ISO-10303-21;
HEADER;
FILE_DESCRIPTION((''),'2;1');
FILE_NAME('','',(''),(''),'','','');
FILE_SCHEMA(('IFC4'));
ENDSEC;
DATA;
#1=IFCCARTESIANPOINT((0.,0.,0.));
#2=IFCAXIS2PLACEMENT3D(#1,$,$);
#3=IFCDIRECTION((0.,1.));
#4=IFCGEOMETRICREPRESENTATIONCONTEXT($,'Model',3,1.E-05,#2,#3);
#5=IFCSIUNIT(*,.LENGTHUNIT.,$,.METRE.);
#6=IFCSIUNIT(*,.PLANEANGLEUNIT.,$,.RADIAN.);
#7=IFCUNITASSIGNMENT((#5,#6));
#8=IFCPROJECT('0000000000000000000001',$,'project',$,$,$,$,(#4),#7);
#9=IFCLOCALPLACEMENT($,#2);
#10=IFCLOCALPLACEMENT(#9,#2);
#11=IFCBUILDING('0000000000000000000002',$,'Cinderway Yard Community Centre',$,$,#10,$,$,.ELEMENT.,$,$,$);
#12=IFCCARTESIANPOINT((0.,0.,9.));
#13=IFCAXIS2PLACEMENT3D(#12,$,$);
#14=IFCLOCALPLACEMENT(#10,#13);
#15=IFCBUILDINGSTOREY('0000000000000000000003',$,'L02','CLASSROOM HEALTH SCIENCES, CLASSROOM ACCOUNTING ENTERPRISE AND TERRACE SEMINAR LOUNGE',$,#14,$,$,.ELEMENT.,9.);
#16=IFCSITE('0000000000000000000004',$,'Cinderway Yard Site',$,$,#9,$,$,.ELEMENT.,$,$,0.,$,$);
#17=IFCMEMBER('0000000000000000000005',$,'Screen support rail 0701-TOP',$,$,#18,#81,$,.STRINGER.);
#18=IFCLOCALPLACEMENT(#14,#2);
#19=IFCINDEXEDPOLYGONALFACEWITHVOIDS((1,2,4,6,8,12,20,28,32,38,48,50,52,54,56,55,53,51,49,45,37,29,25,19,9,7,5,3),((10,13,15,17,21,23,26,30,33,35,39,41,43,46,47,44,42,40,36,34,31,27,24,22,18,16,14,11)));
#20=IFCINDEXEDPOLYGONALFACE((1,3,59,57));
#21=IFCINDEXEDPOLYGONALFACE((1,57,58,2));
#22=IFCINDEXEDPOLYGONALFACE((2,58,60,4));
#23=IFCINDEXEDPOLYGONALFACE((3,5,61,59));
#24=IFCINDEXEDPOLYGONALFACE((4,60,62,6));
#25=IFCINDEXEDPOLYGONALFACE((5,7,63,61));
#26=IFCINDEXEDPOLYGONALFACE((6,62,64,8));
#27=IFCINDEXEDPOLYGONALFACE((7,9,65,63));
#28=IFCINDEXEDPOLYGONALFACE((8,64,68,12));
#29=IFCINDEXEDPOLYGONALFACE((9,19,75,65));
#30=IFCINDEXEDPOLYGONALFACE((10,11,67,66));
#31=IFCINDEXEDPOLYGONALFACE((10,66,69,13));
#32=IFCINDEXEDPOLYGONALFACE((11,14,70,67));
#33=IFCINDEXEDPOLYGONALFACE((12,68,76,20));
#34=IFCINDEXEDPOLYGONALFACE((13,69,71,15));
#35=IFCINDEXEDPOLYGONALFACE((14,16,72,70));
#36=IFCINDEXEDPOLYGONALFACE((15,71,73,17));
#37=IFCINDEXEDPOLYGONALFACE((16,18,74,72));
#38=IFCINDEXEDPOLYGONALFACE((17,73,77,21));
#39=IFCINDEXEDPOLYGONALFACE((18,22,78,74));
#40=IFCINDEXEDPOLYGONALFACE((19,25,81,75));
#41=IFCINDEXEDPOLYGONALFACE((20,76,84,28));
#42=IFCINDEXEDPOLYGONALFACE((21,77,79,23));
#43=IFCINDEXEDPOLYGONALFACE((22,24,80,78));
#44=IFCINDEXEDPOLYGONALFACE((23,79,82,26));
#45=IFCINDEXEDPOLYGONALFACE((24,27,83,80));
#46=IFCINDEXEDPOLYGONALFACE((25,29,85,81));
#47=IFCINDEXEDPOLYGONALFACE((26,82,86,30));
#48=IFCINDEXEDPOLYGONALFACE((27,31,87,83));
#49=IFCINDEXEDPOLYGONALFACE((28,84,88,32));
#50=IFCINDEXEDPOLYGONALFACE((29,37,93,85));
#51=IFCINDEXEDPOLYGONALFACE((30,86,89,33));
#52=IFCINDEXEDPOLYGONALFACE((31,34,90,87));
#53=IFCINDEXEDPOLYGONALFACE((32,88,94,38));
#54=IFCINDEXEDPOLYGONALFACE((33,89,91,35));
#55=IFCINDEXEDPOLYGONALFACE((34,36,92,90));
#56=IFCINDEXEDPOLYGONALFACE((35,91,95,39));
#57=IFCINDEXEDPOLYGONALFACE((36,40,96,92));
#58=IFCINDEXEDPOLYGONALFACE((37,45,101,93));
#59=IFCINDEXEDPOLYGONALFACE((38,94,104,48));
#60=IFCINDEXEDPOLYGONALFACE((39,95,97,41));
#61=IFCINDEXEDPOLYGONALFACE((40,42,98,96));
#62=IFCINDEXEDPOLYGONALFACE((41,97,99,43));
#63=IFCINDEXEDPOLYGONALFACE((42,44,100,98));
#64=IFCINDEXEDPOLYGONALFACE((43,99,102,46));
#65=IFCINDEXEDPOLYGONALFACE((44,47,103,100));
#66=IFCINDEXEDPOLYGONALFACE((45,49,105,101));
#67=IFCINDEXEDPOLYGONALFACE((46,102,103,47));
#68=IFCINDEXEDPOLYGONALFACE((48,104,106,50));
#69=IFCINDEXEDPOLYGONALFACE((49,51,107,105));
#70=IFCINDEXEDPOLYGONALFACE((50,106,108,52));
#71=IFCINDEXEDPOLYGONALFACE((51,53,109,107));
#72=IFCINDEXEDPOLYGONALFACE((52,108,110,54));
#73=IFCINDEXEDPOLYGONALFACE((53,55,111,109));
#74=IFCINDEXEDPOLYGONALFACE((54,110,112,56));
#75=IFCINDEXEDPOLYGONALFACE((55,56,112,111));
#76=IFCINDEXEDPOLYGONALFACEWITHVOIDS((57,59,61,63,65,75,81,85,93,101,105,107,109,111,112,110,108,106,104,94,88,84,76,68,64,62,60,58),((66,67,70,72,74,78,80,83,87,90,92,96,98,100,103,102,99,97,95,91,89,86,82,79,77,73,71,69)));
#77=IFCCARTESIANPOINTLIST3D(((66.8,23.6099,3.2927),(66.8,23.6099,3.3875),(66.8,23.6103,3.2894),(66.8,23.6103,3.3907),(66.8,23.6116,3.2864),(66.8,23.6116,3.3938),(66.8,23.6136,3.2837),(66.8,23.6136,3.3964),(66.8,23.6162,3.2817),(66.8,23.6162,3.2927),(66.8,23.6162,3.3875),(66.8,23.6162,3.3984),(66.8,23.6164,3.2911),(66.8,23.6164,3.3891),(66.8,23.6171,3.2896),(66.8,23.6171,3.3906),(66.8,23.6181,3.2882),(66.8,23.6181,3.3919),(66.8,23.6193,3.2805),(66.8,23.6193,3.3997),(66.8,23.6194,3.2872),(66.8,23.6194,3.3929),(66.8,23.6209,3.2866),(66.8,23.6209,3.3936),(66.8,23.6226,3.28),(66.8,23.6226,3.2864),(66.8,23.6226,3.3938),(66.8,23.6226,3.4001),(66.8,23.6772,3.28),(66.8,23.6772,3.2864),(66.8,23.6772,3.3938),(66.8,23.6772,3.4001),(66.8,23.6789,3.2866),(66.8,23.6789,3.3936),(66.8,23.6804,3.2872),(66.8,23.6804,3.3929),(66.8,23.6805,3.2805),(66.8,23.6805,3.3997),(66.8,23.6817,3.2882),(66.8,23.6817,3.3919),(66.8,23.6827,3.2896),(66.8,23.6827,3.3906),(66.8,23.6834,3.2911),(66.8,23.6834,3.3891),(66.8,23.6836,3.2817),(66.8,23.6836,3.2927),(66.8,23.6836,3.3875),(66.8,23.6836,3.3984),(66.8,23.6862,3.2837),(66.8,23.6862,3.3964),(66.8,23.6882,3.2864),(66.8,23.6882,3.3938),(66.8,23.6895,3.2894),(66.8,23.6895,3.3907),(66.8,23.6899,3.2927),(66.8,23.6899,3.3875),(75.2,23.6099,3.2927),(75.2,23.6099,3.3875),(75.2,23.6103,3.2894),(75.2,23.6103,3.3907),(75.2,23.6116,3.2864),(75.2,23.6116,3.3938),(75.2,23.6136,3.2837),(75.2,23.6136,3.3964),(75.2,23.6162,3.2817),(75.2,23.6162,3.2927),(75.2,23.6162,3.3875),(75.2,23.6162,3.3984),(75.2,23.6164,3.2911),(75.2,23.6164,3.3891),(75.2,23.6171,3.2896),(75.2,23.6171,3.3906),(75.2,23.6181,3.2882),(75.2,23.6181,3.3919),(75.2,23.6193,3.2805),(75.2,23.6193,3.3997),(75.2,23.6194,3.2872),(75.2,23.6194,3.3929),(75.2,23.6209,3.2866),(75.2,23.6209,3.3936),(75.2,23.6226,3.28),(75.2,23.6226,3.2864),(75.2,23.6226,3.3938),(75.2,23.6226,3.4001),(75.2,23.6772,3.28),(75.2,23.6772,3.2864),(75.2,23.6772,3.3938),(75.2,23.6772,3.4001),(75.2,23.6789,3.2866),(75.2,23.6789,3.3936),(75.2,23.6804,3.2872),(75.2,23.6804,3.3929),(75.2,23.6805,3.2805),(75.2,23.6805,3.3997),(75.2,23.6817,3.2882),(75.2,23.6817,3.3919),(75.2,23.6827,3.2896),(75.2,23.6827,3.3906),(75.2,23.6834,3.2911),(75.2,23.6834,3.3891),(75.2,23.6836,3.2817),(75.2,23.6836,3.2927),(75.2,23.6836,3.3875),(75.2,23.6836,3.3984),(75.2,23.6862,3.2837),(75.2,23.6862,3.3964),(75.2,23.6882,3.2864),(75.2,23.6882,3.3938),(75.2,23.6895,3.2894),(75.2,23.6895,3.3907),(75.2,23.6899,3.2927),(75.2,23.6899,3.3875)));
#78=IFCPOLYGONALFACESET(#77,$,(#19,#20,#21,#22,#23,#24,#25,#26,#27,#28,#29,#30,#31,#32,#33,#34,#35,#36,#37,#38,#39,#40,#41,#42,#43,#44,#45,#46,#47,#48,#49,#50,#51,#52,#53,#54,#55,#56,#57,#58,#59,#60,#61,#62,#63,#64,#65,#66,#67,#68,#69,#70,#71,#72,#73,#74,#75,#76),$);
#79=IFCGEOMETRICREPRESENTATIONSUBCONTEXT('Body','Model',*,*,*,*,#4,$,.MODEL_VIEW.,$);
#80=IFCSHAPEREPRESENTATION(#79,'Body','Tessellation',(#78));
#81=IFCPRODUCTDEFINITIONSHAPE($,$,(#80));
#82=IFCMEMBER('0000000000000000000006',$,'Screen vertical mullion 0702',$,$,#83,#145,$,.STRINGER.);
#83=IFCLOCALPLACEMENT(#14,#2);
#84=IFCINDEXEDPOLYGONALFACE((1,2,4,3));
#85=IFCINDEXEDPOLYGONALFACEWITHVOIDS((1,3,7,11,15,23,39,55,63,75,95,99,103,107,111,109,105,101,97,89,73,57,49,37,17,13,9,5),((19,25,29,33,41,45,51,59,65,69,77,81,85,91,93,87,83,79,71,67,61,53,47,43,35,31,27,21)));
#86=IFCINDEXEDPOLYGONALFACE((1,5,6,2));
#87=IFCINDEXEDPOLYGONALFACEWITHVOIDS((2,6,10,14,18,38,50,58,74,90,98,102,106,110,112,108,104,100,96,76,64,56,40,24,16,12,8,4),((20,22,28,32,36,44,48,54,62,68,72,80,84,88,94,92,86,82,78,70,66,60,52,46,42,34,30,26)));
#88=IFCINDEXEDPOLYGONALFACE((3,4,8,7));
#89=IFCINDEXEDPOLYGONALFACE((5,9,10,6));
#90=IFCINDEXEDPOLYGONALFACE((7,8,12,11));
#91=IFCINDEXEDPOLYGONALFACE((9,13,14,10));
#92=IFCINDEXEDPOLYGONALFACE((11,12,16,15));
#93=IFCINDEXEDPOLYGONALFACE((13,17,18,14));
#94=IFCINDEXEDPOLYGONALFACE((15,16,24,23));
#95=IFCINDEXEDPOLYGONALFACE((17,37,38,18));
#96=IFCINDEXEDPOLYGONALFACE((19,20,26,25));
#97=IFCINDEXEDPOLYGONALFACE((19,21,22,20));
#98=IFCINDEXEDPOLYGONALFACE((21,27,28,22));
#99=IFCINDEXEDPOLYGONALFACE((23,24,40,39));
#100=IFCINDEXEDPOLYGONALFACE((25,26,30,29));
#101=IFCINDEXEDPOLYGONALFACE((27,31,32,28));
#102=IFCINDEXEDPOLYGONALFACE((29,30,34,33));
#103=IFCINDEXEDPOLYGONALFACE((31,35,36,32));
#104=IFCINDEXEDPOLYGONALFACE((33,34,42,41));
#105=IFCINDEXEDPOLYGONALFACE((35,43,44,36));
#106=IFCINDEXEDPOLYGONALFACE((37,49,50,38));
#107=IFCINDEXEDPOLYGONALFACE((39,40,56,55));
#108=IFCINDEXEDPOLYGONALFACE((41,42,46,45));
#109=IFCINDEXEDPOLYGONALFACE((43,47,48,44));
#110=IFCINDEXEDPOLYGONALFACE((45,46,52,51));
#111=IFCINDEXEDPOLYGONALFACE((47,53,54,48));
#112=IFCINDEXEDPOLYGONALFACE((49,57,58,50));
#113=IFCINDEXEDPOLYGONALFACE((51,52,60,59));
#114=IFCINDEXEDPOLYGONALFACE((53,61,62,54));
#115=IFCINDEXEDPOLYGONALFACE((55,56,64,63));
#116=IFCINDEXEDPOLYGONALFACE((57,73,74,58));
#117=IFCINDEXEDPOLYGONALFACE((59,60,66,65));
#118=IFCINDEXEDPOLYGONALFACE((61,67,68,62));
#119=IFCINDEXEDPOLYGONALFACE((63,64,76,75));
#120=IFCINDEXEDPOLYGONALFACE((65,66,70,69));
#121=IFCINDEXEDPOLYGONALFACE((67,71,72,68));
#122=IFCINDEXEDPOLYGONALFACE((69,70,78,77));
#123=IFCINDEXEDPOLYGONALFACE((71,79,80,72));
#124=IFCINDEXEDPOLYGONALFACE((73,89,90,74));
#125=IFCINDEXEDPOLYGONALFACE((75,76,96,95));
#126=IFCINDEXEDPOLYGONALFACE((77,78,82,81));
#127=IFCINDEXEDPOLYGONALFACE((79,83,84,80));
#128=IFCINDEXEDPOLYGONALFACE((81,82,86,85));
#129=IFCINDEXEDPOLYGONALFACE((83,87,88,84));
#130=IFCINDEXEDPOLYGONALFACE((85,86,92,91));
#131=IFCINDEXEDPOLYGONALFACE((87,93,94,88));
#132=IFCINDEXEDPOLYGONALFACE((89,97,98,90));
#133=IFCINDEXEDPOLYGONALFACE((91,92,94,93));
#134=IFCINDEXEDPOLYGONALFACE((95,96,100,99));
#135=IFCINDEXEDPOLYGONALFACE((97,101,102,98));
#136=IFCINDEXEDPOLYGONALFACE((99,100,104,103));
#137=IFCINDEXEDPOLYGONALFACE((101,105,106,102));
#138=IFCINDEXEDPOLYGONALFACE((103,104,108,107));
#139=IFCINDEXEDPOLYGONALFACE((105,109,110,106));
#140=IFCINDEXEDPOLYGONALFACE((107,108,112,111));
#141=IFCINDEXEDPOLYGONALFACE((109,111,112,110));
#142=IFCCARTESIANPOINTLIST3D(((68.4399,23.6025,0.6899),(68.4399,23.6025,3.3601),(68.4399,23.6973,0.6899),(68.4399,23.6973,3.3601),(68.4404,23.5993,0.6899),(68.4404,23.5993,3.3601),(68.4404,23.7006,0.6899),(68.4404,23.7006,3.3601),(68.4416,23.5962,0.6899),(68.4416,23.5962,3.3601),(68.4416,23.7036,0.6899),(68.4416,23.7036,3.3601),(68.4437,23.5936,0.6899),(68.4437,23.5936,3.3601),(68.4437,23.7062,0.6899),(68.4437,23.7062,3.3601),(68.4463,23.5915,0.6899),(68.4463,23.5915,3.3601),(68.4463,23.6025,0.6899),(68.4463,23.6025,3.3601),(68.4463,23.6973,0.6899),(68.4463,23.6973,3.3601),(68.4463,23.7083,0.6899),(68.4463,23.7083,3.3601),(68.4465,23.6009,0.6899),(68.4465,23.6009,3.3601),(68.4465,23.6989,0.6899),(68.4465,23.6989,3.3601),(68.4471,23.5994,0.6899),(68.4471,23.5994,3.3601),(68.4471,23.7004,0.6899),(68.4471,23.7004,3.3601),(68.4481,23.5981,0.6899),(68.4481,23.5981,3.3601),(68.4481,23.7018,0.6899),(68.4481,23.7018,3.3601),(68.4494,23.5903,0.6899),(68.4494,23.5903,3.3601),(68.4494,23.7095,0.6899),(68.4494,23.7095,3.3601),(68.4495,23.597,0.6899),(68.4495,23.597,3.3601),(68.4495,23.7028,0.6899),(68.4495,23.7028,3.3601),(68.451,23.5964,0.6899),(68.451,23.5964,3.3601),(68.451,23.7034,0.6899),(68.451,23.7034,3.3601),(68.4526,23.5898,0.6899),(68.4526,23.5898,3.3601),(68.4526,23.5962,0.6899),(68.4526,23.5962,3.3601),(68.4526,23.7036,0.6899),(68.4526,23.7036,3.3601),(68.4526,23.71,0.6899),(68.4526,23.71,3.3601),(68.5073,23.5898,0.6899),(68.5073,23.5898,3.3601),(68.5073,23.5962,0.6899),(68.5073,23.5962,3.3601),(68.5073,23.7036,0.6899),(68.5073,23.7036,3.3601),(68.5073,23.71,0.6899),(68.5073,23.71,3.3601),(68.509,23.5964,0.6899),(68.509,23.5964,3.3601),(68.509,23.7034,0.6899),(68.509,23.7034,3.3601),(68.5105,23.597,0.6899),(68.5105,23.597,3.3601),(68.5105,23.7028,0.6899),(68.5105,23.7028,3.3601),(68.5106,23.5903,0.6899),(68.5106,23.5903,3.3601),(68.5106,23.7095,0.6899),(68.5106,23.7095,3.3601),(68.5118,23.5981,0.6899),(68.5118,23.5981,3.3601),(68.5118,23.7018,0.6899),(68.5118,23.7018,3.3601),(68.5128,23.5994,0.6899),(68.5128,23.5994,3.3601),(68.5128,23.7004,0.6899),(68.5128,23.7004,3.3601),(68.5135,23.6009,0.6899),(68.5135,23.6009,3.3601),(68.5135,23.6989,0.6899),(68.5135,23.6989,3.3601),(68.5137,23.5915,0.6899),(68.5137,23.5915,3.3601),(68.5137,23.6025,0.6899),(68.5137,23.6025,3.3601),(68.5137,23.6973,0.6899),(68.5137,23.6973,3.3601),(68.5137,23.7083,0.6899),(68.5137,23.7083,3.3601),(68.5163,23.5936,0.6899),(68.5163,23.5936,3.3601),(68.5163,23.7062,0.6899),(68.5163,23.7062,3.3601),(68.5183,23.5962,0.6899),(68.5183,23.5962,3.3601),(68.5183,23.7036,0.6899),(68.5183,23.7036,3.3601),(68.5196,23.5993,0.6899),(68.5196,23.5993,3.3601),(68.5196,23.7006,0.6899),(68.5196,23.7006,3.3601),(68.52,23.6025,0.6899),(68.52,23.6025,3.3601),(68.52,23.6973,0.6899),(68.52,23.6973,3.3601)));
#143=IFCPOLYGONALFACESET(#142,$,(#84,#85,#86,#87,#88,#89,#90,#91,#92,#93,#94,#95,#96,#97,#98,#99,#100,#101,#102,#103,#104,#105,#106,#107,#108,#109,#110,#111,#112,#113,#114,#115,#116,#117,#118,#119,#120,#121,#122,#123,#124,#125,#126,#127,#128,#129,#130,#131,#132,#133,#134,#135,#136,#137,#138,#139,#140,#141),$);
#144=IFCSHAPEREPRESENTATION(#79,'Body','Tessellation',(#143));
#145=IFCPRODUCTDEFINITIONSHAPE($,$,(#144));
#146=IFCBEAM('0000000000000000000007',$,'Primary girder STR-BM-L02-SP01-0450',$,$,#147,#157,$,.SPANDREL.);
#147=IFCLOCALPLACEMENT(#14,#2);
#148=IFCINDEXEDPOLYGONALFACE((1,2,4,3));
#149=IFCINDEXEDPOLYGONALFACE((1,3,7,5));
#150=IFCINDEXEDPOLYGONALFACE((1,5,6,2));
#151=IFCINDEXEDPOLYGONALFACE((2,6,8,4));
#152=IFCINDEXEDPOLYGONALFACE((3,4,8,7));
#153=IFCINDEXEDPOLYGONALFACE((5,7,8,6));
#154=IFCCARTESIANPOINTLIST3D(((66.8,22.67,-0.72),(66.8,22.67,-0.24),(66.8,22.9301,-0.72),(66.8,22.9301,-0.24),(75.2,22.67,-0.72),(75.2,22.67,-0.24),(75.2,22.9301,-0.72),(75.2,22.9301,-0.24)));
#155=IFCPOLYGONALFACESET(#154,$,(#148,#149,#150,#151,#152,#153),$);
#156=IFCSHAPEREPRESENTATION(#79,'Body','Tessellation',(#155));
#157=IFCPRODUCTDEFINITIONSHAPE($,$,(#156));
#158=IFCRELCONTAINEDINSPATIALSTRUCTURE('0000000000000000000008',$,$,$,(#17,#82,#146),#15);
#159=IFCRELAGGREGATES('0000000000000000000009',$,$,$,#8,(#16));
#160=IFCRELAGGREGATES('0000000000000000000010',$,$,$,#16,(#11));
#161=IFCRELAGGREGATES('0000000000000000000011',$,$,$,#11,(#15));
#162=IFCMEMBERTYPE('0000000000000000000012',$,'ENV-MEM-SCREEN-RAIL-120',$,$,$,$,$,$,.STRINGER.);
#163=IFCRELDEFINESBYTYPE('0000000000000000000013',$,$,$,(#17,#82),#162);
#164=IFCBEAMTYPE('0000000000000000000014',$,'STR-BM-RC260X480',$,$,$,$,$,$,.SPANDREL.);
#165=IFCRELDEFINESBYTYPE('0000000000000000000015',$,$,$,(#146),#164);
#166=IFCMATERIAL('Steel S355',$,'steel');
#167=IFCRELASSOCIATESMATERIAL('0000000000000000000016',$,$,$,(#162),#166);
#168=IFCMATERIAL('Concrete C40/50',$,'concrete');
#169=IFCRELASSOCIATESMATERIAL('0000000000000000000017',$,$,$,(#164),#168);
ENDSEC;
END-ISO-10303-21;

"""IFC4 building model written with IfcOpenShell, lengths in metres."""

from ifc_helpers import new_model, si_unit, direction, frame, origin, origin_2d, place, context, subcontext, project, spatial, rectangle, hollow_rectangle, extrude, material, material_profile, profile_set, type_object, element, save


model = new_model("IFC4")

# Units and contexts
model_context = context("Model", 3, precision=1e-05, world=origin(), true_north=direction((0.0, 1.0)))
body_context = subcontext(model_context, "Body", "Model", "MODEL_VIEW")
ifc_project = project(units=[si_unit("LENGTHUNIT", "METRE"), si_unit("PLANEANGLEUNIT", "RADIAN")], contexts=[model_context])

# Site, building, storey
site_placement = place(None, origin())
site = spatial("IfcSite", under=ifc_project, at=site_placement, Name="Cinderway Yard Site", CompositionType="ELEMENT", RefElevation=0.0)
building_placement = place(site_placement, origin())
building = spatial("IfcBuilding", under=site, at=building_placement, Name="Cinderway Yard Community Centre", CompositionType="ELEMENT")
storey_placement = place(building_placement, frame((0.0, 0.0, 9.0)))
storey = spatial("IfcBuildingStorey", under=building, at=storey_placement, Name="L02", Description="CLASSROOM HEALTH SCIENCES, CLASSROOM ACCOUNTING ENTERPRISE AND TERRACE SEMINAR LOUNGE", CompositionType="ELEMENT", Elevation=9.0)

# Members
ifc_material_1 = material(Name="Steel S355", Category="steel")
ifc_material_profile_1 = material_profile(ifc_material_1, hollow_rectangle(XDim=0.0801, YDim=0.1201, WallThickness=0.0063, InnerFilletRadius=0.0063, OuterFilletRadius=0.0127, at=origin_2d()), Name="Steel S355")
ifc_profile_set_1 = profile_set([ifc_material_profile_1], Name="Steel S355")
member_type_1 = type_object("IfcMemberType", Name="ENV-MEM-SCREEN-RAIL-120", PredefinedType="STRINGER", material=ifc_profile_set_1)
for number, where, z_axis, x_axis, name in (
    (1, (66.8, 23.6499, 3.3401), (1.0, 0.0, 0.0), (0.0, 1.0, 0.0), "Screen support rail 0701-TOP"),
):
    element("IfcMember", number, at=place(storey_placement, frame(where, z_axis=z_axis, x_axis=x_axis)), inside=storey, type_object=member_type_1, Name=name, PredefinedType="STRINGER", context=body_context, shape_type="SweptSolid", body=[
        extrude(hollow_rectangle(XDim=0.0801, YDim=0.1201, WallThickness=0.0063, InnerFilletRadius=0.0063, OuterFilletRadius=0.0127, at=origin_2d()), origin(), (0.0, 0.0, 1.0), 8.3999),
    ])
member_1_placement = place(storey_placement, frame((68.48, 23.6499, 0.6899), z_axis=(0.0, 0.0, 1.0), x_axis=(1.0, 0.0, 0.0)))
element("IfcMember", 2, at=member_1_placement, inside=storey, type_object=member_type_1, Name="Screen vertical mullion 0702", PredefinedType="STRINGER", context=body_context, shape_type="SweptSolid", body=[
    extrude(hollow_rectangle(XDim=0.0801, YDim=0.1201, WallThickness=0.0063, InnerFilletRadius=0.0063, OuterFilletRadius=0.0127, at=origin_2d()), origin(), (0.0, 0.0, 1.0), 2.6702),
])

# Beam
ifc_material_2 = material(Name="Concrete C40/50", Category="concrete")
ifc_material_profile_2 = material_profile(ifc_material_2, rectangle(XDim=0.26, YDim=0.48, at=origin_2d()), Name="Concrete C40/50")
ifc_profile_set_2 = profile_set([ifc_material_profile_2], Name="Concrete C40/50")
beam_type = type_object("IfcBeamType", Name="STR-BM-RC260X480", PredefinedType="SPANDREL", material=ifc_profile_set_2)
beam_placement = place(storey_placement, frame((66.8, 22.8, -0.48), z_axis=(1.0, 0.0, 0.0), x_axis=(0.0, 1.0, 0.0)))
element("IfcBeam", 3, at=beam_placement, inside=storey, type_object=beam_type, Name="Primary girder STR-BM-L02-SP01-0450", PredefinedType="SPANDREL", context=body_context, shape_type="SweptSolid", body=[
    extrude(rectangle(XDim=0.26, YDim=0.48, at=origin_2d()), origin(), (0.0, 0.0, 1.0), 8.3999),
])

save(model, "model.ifc")
